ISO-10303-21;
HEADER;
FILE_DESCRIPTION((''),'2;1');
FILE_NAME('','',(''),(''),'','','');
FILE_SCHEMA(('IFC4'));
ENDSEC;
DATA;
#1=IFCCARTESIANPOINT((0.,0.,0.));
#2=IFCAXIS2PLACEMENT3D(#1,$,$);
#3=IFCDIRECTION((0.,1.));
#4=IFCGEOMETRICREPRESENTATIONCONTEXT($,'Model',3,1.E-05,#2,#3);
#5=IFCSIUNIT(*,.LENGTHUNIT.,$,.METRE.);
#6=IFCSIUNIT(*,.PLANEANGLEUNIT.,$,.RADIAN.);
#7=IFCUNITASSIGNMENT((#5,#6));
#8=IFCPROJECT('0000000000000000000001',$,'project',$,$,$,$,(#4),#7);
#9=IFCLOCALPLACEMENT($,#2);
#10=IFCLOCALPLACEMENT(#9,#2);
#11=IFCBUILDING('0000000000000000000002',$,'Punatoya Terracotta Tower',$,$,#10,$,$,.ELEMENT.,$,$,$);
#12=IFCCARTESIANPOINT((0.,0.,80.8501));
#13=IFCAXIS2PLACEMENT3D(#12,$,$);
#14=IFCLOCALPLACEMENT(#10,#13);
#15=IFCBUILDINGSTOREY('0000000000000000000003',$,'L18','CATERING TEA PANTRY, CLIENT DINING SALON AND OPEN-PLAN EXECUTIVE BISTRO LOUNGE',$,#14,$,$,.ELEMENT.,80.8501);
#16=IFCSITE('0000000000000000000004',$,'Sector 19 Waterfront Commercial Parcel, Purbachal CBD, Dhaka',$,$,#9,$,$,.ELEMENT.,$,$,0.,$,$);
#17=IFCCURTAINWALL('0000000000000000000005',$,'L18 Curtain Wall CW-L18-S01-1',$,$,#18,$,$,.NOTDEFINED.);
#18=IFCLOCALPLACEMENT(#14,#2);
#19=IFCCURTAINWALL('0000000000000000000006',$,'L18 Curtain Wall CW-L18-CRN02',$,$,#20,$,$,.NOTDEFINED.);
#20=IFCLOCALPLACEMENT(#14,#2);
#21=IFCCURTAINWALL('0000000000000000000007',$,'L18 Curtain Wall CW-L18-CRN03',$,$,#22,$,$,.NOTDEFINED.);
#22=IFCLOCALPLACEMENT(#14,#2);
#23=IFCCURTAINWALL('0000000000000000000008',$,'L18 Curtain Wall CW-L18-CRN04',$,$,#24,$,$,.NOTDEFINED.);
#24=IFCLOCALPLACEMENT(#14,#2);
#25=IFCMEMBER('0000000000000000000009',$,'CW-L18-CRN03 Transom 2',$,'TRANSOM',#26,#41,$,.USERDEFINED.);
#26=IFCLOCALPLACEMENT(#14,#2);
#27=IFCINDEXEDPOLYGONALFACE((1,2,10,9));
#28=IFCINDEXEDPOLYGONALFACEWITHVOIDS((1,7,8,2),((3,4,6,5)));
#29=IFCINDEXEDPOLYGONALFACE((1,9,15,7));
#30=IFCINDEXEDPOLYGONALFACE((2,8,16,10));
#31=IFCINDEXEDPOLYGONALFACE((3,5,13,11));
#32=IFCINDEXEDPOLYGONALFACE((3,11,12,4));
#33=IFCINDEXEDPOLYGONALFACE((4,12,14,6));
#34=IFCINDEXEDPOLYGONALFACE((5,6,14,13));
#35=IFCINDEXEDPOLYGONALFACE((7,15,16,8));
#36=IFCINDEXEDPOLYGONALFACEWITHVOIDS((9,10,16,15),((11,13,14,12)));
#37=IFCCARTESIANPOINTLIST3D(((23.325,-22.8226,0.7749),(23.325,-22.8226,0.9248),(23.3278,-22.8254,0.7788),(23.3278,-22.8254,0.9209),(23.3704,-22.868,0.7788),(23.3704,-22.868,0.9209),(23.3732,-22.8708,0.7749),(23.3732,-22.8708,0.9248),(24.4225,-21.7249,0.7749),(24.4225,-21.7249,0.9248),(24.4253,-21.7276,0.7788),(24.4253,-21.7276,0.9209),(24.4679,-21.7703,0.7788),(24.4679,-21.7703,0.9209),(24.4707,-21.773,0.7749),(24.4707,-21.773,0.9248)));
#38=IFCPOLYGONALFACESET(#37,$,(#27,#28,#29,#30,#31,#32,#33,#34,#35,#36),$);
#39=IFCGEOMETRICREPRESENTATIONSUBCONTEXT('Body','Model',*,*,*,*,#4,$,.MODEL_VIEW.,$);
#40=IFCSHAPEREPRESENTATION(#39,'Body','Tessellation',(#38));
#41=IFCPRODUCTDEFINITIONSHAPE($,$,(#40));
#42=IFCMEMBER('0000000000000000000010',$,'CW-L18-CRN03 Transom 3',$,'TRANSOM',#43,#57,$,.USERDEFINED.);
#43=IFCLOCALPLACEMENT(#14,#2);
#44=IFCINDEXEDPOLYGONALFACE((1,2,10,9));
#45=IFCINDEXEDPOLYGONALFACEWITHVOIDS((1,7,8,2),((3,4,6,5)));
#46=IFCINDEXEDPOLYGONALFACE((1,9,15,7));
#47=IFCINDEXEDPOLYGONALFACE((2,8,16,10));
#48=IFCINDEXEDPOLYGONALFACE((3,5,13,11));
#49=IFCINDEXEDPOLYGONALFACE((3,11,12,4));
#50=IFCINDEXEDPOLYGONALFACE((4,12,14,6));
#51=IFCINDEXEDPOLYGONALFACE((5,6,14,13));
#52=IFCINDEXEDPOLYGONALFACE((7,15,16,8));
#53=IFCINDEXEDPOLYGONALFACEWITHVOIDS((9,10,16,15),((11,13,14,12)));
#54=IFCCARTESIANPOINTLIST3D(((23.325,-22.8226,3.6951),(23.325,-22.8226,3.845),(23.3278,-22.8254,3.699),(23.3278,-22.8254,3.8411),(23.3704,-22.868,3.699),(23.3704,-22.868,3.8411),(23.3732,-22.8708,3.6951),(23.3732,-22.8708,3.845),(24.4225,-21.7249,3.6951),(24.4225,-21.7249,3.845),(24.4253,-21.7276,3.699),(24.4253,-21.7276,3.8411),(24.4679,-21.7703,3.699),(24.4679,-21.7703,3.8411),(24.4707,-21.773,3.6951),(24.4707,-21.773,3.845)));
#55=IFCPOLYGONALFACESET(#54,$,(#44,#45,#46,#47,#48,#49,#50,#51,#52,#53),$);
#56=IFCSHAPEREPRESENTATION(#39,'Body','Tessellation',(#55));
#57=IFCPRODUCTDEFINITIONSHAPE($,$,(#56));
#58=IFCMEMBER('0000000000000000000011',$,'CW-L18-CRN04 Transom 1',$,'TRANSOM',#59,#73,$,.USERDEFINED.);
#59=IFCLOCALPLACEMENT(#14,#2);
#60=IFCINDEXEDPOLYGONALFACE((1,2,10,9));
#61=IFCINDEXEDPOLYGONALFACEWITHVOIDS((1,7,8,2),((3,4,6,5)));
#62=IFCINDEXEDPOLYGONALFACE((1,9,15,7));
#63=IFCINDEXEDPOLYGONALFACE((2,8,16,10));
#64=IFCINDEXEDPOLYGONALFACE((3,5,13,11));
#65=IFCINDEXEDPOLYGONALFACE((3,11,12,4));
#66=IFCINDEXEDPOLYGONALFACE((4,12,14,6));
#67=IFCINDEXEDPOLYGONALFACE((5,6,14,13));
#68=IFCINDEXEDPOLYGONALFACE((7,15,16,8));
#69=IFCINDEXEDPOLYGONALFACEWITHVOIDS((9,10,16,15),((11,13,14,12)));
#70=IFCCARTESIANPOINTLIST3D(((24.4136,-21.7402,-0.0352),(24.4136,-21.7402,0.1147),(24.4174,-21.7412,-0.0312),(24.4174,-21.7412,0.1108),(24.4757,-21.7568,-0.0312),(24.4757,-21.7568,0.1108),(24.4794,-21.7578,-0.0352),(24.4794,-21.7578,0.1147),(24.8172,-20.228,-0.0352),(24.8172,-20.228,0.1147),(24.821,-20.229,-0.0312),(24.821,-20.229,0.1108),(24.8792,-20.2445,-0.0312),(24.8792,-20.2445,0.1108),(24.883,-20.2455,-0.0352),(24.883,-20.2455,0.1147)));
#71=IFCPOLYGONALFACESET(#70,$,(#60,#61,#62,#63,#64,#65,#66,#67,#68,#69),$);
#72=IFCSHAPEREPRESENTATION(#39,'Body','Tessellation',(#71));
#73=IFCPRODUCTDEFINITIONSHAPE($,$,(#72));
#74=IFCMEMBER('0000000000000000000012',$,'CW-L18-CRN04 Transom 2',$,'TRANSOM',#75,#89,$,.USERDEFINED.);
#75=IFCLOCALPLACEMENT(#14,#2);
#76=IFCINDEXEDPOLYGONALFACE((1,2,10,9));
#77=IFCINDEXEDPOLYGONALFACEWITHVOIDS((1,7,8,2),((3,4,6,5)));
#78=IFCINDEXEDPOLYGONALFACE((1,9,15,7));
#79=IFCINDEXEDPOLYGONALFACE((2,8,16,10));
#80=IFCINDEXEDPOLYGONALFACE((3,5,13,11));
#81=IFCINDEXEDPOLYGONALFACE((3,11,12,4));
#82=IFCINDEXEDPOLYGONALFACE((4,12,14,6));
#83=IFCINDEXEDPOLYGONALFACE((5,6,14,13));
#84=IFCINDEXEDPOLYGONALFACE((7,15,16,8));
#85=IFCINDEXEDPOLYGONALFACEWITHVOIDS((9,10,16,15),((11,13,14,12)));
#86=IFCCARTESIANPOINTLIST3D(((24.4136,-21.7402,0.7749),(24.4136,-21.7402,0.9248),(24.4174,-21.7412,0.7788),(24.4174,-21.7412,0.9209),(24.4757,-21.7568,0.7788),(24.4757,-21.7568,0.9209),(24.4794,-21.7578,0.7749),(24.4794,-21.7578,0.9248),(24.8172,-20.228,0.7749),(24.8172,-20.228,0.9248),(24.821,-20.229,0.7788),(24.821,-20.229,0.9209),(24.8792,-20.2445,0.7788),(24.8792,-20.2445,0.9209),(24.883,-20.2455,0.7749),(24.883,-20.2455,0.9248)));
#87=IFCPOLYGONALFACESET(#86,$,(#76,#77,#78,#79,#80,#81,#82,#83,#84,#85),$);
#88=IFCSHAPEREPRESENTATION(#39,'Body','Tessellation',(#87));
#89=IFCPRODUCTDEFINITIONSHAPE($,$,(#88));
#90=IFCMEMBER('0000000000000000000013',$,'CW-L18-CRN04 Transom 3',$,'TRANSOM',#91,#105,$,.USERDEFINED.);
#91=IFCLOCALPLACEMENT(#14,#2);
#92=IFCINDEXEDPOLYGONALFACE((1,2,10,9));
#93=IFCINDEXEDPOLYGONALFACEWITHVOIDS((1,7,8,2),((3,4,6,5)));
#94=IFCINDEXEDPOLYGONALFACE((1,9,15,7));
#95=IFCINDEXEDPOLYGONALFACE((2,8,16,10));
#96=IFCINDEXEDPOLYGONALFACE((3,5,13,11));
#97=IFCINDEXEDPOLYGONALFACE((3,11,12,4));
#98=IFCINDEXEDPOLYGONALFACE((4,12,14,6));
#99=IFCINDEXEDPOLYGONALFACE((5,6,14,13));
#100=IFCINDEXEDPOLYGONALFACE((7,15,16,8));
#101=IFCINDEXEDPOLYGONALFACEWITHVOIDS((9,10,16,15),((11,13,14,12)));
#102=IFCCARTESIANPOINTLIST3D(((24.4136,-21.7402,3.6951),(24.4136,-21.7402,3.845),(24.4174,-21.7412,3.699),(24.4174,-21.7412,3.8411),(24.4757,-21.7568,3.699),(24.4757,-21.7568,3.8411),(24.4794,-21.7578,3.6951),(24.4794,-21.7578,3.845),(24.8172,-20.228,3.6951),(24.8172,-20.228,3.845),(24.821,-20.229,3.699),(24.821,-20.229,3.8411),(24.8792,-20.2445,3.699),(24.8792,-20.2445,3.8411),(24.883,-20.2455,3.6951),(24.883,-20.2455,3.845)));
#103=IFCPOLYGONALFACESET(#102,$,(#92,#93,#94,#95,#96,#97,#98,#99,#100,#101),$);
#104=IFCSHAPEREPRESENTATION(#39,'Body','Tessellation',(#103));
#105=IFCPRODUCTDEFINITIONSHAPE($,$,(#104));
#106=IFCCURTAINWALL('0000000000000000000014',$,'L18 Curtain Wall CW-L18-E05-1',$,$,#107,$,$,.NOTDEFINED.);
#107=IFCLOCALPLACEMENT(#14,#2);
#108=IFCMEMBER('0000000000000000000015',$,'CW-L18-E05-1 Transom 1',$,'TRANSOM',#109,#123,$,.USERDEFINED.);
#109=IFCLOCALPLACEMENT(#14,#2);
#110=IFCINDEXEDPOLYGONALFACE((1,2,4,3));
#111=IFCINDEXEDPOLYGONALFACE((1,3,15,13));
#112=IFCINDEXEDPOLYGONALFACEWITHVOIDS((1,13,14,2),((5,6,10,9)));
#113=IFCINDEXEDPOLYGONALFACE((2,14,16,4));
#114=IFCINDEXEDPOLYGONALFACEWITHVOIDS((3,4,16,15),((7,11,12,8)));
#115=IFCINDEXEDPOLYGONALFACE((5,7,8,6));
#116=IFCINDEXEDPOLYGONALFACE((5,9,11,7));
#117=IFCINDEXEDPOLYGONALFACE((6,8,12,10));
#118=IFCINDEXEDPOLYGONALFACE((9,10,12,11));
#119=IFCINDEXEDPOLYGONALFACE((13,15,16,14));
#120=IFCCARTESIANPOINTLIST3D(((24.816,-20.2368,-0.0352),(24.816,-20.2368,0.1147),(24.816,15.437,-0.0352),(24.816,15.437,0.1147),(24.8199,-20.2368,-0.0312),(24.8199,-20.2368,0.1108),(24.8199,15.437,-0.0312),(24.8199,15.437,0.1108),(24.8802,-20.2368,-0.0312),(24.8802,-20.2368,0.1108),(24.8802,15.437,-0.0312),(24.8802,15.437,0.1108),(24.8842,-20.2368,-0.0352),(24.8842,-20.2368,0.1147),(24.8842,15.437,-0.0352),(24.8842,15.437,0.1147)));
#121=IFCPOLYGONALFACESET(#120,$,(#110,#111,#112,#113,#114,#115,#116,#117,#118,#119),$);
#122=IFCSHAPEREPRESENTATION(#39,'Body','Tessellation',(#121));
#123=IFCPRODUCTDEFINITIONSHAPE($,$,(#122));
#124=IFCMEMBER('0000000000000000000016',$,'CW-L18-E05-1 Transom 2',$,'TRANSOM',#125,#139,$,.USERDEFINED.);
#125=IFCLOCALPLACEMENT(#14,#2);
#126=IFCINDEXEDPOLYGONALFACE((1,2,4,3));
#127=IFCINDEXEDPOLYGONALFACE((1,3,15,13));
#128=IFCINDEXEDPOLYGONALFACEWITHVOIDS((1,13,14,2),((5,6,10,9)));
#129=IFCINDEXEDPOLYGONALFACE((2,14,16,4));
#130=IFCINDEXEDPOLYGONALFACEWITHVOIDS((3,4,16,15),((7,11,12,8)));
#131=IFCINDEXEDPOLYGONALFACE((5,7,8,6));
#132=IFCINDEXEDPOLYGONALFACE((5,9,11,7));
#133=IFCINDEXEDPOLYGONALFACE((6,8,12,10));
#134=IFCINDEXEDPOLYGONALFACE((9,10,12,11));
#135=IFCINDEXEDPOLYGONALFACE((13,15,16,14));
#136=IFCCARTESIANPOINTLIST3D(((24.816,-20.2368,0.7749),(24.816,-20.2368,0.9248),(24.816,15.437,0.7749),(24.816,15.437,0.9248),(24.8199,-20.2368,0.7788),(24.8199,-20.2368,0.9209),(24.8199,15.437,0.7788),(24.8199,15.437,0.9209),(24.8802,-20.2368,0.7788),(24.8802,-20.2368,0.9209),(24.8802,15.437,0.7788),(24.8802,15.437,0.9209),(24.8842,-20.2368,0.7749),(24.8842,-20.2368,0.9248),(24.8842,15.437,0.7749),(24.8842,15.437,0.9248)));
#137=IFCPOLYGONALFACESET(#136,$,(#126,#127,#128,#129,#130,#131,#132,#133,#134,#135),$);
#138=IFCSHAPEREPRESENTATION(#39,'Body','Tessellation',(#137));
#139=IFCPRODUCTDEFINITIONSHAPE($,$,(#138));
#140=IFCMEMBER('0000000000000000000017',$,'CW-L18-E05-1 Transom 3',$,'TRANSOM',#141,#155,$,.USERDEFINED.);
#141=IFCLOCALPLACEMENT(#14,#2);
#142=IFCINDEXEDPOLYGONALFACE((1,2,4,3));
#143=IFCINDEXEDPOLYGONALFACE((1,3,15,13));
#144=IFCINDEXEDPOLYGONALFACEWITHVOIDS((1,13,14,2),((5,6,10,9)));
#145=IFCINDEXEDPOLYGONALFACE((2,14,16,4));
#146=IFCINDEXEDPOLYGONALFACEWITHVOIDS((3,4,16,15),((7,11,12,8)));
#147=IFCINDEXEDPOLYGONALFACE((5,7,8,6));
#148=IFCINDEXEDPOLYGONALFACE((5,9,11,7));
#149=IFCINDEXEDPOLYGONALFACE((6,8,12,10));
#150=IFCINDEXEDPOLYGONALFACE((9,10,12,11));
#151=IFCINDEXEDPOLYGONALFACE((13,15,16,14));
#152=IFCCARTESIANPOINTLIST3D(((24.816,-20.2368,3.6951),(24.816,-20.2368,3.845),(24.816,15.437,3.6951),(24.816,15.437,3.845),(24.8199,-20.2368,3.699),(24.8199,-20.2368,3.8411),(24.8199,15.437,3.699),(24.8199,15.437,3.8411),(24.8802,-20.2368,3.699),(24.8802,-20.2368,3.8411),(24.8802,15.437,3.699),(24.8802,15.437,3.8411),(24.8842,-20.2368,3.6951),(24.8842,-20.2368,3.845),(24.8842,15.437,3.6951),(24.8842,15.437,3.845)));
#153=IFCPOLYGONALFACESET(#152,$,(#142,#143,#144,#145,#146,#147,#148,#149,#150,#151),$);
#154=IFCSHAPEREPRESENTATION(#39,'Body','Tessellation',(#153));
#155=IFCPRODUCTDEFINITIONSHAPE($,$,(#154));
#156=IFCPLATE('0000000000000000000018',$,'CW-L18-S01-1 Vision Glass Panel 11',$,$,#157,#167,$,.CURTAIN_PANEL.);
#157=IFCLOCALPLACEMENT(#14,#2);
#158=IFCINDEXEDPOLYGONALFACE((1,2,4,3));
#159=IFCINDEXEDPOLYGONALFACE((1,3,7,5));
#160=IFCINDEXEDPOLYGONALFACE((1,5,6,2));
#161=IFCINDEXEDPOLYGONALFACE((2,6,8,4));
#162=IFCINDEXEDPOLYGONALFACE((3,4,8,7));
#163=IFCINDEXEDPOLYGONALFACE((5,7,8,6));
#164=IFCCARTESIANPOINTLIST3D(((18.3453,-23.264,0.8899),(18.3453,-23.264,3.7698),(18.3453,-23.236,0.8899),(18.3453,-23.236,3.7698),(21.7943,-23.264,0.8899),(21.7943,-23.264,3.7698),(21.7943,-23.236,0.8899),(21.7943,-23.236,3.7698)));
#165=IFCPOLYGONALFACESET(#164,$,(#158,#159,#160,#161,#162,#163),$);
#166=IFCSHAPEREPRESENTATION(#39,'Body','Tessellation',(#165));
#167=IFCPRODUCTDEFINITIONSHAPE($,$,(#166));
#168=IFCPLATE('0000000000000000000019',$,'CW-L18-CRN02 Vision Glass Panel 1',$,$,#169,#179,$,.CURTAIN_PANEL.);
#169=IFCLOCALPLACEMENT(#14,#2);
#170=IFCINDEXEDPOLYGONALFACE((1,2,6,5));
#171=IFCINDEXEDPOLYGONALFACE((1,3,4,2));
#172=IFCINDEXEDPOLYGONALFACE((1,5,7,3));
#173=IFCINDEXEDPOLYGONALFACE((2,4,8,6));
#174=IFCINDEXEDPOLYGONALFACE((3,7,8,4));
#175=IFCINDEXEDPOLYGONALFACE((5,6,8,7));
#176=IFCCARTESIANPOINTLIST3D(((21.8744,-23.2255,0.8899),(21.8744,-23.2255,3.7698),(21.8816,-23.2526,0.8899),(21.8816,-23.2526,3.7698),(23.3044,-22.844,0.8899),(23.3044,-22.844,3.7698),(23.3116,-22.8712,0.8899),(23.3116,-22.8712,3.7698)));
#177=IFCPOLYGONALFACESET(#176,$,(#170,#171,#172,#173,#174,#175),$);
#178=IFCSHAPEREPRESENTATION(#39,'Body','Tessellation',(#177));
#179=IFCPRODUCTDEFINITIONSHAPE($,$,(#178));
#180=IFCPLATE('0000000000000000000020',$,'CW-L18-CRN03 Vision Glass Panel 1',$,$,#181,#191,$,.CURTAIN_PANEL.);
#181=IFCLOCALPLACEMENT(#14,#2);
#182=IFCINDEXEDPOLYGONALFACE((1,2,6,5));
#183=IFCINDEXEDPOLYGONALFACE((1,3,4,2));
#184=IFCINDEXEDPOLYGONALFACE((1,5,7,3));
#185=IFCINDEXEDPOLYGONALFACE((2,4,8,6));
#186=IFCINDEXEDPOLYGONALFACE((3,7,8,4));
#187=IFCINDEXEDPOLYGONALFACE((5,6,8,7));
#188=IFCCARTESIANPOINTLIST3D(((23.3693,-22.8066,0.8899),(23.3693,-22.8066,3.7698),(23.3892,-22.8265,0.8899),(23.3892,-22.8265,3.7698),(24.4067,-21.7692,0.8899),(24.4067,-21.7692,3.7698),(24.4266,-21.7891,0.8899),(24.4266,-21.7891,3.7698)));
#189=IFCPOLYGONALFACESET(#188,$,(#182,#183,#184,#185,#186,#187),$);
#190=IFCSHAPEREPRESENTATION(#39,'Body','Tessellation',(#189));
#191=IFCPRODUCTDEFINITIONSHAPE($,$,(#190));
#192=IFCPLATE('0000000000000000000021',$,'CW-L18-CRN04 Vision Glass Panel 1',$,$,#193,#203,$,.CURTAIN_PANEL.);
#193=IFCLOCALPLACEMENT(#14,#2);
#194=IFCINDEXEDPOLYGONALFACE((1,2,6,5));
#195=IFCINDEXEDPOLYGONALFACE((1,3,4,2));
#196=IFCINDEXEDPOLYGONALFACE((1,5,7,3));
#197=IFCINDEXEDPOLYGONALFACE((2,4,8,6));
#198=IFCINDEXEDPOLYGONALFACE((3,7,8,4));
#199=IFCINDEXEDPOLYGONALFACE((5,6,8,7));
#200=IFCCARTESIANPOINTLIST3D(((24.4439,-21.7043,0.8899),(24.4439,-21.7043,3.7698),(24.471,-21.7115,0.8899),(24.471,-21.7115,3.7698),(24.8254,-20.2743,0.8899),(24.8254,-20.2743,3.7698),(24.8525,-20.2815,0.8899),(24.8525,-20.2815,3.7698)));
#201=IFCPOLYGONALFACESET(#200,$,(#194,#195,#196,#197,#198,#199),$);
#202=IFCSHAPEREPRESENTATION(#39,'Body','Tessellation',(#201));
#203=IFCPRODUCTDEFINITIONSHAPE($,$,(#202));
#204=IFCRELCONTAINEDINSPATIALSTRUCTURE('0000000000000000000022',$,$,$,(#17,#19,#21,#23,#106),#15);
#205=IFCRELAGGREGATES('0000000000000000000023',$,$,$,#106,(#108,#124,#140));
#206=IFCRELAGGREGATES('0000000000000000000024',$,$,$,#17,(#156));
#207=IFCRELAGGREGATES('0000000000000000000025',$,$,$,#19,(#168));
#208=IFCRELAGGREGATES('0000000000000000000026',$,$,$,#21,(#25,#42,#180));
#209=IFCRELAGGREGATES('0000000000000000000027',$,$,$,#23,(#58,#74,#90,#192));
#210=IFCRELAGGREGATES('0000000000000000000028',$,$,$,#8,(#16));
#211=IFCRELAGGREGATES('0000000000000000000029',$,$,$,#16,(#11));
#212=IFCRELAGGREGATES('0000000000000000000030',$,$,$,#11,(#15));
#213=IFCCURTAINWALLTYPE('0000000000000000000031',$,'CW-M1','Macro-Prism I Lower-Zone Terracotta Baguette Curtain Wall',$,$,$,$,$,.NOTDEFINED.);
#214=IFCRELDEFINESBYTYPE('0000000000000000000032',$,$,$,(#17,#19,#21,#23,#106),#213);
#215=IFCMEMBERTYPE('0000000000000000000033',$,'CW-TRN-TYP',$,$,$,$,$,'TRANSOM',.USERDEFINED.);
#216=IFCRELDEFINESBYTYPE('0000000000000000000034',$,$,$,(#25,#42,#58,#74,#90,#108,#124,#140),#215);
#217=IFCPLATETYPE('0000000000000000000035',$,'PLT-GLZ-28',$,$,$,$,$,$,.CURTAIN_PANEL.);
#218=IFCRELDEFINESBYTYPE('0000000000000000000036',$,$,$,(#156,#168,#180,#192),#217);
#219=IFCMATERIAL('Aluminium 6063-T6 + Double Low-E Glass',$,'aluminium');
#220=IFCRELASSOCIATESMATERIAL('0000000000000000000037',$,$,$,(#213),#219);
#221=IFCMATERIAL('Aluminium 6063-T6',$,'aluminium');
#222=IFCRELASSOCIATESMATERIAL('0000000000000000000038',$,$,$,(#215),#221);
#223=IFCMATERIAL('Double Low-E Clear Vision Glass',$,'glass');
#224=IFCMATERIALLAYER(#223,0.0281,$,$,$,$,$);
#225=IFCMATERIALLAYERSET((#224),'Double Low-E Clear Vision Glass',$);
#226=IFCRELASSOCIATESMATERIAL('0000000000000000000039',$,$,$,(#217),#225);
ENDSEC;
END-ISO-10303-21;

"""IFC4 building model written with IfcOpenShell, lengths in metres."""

from ifc_helpers import new_model, si_unit, direction, frame, origin, origin_2d, place, context, subcontext, project, spatial, rectangle, hollow_rectangle, extrude, material, layer, layer_set, material_profile, profile_set, type_object, element, aggregate, save


model = new_model("IFC4")

# Units and contexts
model_context = context("Model", 3, precision=1e-05, world=origin(), true_north=direction((0.0, 1.0)))
body_context = subcontext(model_context, "Body", "Model", "MODEL_VIEW")
ifc_project = project(units=[si_unit("LENGTHUNIT", "METRE"), si_unit("PLANEANGLEUNIT", "RADIAN")], contexts=[model_context])

# Site, building, storey
site_placement = place(None, origin())
site = spatial("IfcSite", under=ifc_project, at=site_placement, Name="Sector 19 Waterfront Commercial Parcel, Purbachal CBD, Dhaka", CompositionType="ELEMENT", RefElevation=0.0)
building_placement = place(site_placement, origin())
building = spatial("IfcBuilding", under=site, at=building_placement, Name="Punatoya Terracotta Tower", CompositionType="ELEMENT")
storey_placement = place(building_placement, frame((0.0, 0.0, 80.8501)))
storey = spatial("IfcBuildingStorey", under=building, at=storey_placement, Name="L18", Description="CATERING TEA PANTRY, CLIENT DINING SALON AND OPEN-PLAN EXECUTIVE BISTRO LOUNGE", CompositionType="ELEMENT", Elevation=80.8501)

# Curtain wall
ifc_material_1 = material(Name="Aluminium 6063-T6 + Double Low-E Glass", Category="aluminium")
curtain_wall_type = type_object("IfcCurtainWallType", Name="CW-M1", Description="Macro-Prism I Lower-Zone Terracotta Baguette Curtain Wall", PredefinedType="NOTDEFINED", material=ifc_material_1)
curtain_wall_1_placement = place(storey_placement, origin())
curtain_wall_1 = element("IfcCurtainWall", 1, at=curtain_wall_1_placement, inside=storey, type_object=curtain_wall_type, Name="L18 Curtain Wall CW-L18-S01-1", PredefinedType="NOTDEFINED")
ifc_material_2 = material(Name="Aluminium 6063-T6", Category="aluminium")

# Curtain walls
curtain_wall_2_placement = place(storey_placement, origin())
curtain_wall_2 = element("IfcCurtainWall", 2, at=curtain_wall_2_placement, inside=storey, type_object=curtain_wall_type, Name="L18 Curtain Wall CW-L18-CRN02", PredefinedType="NOTDEFINED")
curtain_wall_3_placement = place(storey_placement, origin())
curtain_wall_3 = element("IfcCurtainWall", 3, at=curtain_wall_3_placement, inside=storey, type_object=curtain_wall_type, Name="L18 Curtain Wall CW-L18-CRN03", PredefinedType="NOTDEFINED")
curtain_wall_4_placement = place(storey_placement, origin())
curtain_wall_4 = element("IfcCurtainWall", 4, at=curtain_wall_4_placement, inside=storey, type_object=curtain_wall_type, Name="L18 Curtain Wall CW-L18-CRN04", PredefinedType="NOTDEFINED")

# Members
ifc_material_profile_1 = material_profile(ifc_material_2, hollow_rectangle(XDim=0.0681, YDim=0.1499, WallThickness=0.0039, at=origin_2d()))
ifc_profile_set_1 = profile_set([ifc_material_profile_1], Name="Aluminium 6063-T6")
member_type_1 = type_object("IfcMemberType", Name="CW-TRN-TYP", ElementType="TRANSOM", PredefinedType="USERDEFINED", material=ifc_profile_set_1)
member_1_placement = place(storey_placement, frame((23.3491, -22.8467, 0.8499), z_axis=(0.707028, 0.707185, 0.0), x_axis=(-0.707185, 0.707028, 0.0)))
member_1 = element("IfcMember", 5, at=member_1_placement, type_object=member_type_1, Name="CW-L18-CRN03 Transom 2", ObjectType="TRANSOM", PredefinedType="USERDEFINED", context=body_context, shape_type="SweptSolid", body=[
    extrude(hollow_rectangle(XDim=0.0681, YDim=0.1499, WallThickness=0.0039, at=origin_2d()), origin(), (0.0, 0.0, 1.0), 1.5522),
])
member_2_placement = place(storey_placement, frame((23.3491, -22.8467, 3.77), z_axis=(0.707028, 0.707185, 0.0), x_axis=(-0.707185, 0.707028, 0.0)))
member_2 = element("IfcMember", 6, at=member_2_placement, type_object=member_type_1, Name="CW-L18-CRN03 Transom 3", ObjectType="TRANSOM", PredefinedType="USERDEFINED", context=body_context, shape_type="SweptSolid", body=[
    extrude(hollow_rectangle(XDim=0.0681, YDim=0.1499, WallThickness=0.0039, at=origin_2d()), origin(), (0.0, 0.0, 1.0), 1.5522),
])
member_3_placement = place(storey_placement, frame((24.4465, -21.749, 0.0398), z_axis=(0.257847, 0.966186, 0.0), x_axis=(-0.966186, 0.257847, 0.0)))
member_3 = element("IfcMember", 7, at=member_3_placement, type_object=member_type_1, Name="CW-L18-CRN04 Transom 1", ObjectType="TRANSOM", PredefinedType="USERDEFINED", context=body_context, shape_type="SweptSolid", body=[
    extrude(hollow_rectangle(XDim=0.0681, YDim=0.1499, WallThickness=0.0039, at=origin_2d()), origin(), (0.0, 0.0, 1.0), 1.5652),
])
member_4_placement = place(storey_placement, frame((24.4465, -21.749, 0.8499), z_axis=(0.257847, 0.966186, 0.0), x_axis=(-0.966186, 0.257847, 0.0)))
member_4 = element("IfcMember", 8, at=member_4_placement, type_object=member_type_1, Name="CW-L18-CRN04 Transom 2", ObjectType="TRANSOM", PredefinedType="USERDEFINED", context=body_context, shape_type="SweptSolid", body=[
    extrude(hollow_rectangle(XDim=0.0681, YDim=0.1499, WallThickness=0.0039, at=origin_2d()), origin(), (0.0, 0.0, 1.0), 1.5652),
])
member_5_placement = place(storey_placement, frame((24.4465, -21.749, 3.77), z_axis=(0.257847, 0.966186, 0.0), x_axis=(-0.966186, 0.257847, 0.0)))
member_5 = element("IfcMember", 9, at=member_5_placement, type_object=member_type_1, Name="CW-L18-CRN04 Transom 3", ObjectType="TRANSOM", PredefinedType="USERDEFINED", context=body_context, shape_type="SweptSolid", body=[
    extrude(hollow_rectangle(XDim=0.0681, YDim=0.1499, WallThickness=0.0039, at=origin_2d()), origin(), (0.0, 0.0, 1.0), 1.5652),
])

# Curtain wall, members
curtain_wall_5_placement = place(storey_placement, origin())
curtain_wall_5 = element("IfcCurtainWall", 10, at=curtain_wall_5_placement, inside=storey, type_object=curtain_wall_type, Name="L18 Curtain Wall CW-L18-E05-1", PredefinedType="NOTDEFINED")
member_6_placement = place(storey_placement, frame((24.8501, -20.2368, 0.0398), z_axis=(0.0, 1.0, 0.0), x_axis=(-1.0, 0.0, 0.0)))
member_6 = element("IfcMember", 11, at=member_6_placement, type_object=member_type_1, Name="CW-L18-E05-1 Transom 1", ObjectType="TRANSOM", PredefinedType="USERDEFINED", context=body_context, shape_type="SweptSolid", body=[
    extrude(hollow_rectangle(XDim=0.0681, YDim=0.1499, WallThickness=0.0039, at=origin_2d()), origin(), (0.0, 0.0, 1.0), 35.6738),
])
member_7_placement = place(storey_placement, frame((24.8501, -20.2368, 0.8499), z_axis=(0.0, 1.0, 0.0), x_axis=(-1.0, 0.0, 0.0)))
member_7 = element("IfcMember", 12, at=member_7_placement, type_object=member_type_1, Name="CW-L18-E05-1 Transom 2", ObjectType="TRANSOM", PredefinedType="USERDEFINED", context=body_context, shape_type="SweptSolid", body=[
    extrude(hollow_rectangle(XDim=0.0681, YDim=0.1499, WallThickness=0.0039, at=origin_2d()), origin(), (0.0, 0.0, 1.0), 35.6738),
])
member_8_placement = place(storey_placement, frame((24.8501, -20.2368, 3.77), z_axis=(0.0, 1.0, 0.0), x_axis=(-1.0, 0.0, 0.0)))
member_8 = element("IfcMember", 13, at=member_8_placement, type_object=member_type_1, Name="CW-L18-E05-1 Transom 3", ObjectType="TRANSOM", PredefinedType="USERDEFINED", context=body_context, shape_type="SweptSolid", body=[
    extrude(hollow_rectangle(XDim=0.0681, YDim=0.1499, WallThickness=0.0039, at=origin_2d()), origin(), (0.0, 0.0, 1.0), 35.6738),
])
aggregate(curtain_wall_5, [member_6, member_7, member_8])

# Plates
ifc_material_3 = material(Name="Double Low-E Clear Vision Glass", Category="glass")
ifc_layer_1 = layer(ifc_material_3, 0.0281)
ifc_layer_set_1 = layer_set([ifc_layer_1], Name="Double Low-E Clear Vision Glass")
plate_type_1 = type_object("IfcPlateType", Name="PLT-GLZ-28", PredefinedType="CURTAIN_PANEL", material=ifc_layer_set_1)
plate_1_placement = place(storey_placement, frame((20.0698, -23.25, 0.8899), z_axis=(0.0, 0.0, 1.0), x_axis=(1.0, 0.0, 0.0)))
plate_1 = element("IfcPlate", 14, at=plate_1_placement, type_object=plate_type_1, Name="CW-L18-S01-1 Vision Glass Panel 11", PredefinedType="CURTAIN_PANEL", context=body_context, shape_type="SweptSolid", body=[
    extrude(rectangle(XDim=3.449, YDim=0.0281, at=origin_2d()), origin(), (0.0, 0.0, 1.0), 2.8799),
])
plate_2_placement = place(storey_placement, frame((22.593, -23.0483, 0.8899), z_axis=(0.0, 0.0, 1.0), x_axis=(0.966214, 0.257742, 0.0)))
plate_2 = element("IfcPlate", 15, at=plate_2_placement, type_object=plate_type_1, Name="CW-L18-CRN02 Vision Glass Panel 1", PredefinedType="CURTAIN_PANEL", context=body_context, shape_type="SweptSolid", body=[
    extrude(rectangle(XDim=1.48, YDim=0.0281, at=origin_2d()), origin(), (0.0, 0.0, 1.0), 2.8799),
])
plate_3_placement = place(storey_placement, frame((23.8979, -22.2979, 0.8899), z_axis=(0.0, 0.0, 1.0), x_axis=(0.707107, 0.707107, 0.0)))
plate_3 = element("IfcPlate", 16, at=plate_3_placement, type_object=plate_type_1, Name="CW-L18-CRN03 Vision Glass Panel 1", PredefinedType="CURTAIN_PANEL", context=body_context, shape_type="SweptSolid", body=[
    extrude(rectangle(XDim=1.467, YDim=0.0281, at=origin_2d()), origin(), (0.0, 0.0, 1.0), 2.8799),
])
plate_4_placement = place(storey_placement, frame((24.6482, -20.9929, 0.8899), z_axis=(0.0, 0.0, 1.0), x_axis=(0.257742, 0.966214, 0.0)))
plate_4 = element("IfcPlate", 17, at=plate_4_placement, type_object=plate_type_1, Name="CW-L18-CRN04 Vision Glass Panel 1", PredefinedType="CURTAIN_PANEL", context=body_context, shape_type="SweptSolid", body=[
    extrude(rectangle(XDim=1.48, YDim=0.0281, at=origin_2d()), origin(), (0.0, 0.0, 1.0), 2.8799),
])
aggregate(curtain_wall_1, [plate_1])
aggregate(curtain_wall_2, [plate_2])
aggregate(curtain_wall_3, [member_1, member_2, plate_3])
aggregate(curtain_wall_4, [member_3, member_4, member_5, plate_4])

save(model, "model.ifc")
